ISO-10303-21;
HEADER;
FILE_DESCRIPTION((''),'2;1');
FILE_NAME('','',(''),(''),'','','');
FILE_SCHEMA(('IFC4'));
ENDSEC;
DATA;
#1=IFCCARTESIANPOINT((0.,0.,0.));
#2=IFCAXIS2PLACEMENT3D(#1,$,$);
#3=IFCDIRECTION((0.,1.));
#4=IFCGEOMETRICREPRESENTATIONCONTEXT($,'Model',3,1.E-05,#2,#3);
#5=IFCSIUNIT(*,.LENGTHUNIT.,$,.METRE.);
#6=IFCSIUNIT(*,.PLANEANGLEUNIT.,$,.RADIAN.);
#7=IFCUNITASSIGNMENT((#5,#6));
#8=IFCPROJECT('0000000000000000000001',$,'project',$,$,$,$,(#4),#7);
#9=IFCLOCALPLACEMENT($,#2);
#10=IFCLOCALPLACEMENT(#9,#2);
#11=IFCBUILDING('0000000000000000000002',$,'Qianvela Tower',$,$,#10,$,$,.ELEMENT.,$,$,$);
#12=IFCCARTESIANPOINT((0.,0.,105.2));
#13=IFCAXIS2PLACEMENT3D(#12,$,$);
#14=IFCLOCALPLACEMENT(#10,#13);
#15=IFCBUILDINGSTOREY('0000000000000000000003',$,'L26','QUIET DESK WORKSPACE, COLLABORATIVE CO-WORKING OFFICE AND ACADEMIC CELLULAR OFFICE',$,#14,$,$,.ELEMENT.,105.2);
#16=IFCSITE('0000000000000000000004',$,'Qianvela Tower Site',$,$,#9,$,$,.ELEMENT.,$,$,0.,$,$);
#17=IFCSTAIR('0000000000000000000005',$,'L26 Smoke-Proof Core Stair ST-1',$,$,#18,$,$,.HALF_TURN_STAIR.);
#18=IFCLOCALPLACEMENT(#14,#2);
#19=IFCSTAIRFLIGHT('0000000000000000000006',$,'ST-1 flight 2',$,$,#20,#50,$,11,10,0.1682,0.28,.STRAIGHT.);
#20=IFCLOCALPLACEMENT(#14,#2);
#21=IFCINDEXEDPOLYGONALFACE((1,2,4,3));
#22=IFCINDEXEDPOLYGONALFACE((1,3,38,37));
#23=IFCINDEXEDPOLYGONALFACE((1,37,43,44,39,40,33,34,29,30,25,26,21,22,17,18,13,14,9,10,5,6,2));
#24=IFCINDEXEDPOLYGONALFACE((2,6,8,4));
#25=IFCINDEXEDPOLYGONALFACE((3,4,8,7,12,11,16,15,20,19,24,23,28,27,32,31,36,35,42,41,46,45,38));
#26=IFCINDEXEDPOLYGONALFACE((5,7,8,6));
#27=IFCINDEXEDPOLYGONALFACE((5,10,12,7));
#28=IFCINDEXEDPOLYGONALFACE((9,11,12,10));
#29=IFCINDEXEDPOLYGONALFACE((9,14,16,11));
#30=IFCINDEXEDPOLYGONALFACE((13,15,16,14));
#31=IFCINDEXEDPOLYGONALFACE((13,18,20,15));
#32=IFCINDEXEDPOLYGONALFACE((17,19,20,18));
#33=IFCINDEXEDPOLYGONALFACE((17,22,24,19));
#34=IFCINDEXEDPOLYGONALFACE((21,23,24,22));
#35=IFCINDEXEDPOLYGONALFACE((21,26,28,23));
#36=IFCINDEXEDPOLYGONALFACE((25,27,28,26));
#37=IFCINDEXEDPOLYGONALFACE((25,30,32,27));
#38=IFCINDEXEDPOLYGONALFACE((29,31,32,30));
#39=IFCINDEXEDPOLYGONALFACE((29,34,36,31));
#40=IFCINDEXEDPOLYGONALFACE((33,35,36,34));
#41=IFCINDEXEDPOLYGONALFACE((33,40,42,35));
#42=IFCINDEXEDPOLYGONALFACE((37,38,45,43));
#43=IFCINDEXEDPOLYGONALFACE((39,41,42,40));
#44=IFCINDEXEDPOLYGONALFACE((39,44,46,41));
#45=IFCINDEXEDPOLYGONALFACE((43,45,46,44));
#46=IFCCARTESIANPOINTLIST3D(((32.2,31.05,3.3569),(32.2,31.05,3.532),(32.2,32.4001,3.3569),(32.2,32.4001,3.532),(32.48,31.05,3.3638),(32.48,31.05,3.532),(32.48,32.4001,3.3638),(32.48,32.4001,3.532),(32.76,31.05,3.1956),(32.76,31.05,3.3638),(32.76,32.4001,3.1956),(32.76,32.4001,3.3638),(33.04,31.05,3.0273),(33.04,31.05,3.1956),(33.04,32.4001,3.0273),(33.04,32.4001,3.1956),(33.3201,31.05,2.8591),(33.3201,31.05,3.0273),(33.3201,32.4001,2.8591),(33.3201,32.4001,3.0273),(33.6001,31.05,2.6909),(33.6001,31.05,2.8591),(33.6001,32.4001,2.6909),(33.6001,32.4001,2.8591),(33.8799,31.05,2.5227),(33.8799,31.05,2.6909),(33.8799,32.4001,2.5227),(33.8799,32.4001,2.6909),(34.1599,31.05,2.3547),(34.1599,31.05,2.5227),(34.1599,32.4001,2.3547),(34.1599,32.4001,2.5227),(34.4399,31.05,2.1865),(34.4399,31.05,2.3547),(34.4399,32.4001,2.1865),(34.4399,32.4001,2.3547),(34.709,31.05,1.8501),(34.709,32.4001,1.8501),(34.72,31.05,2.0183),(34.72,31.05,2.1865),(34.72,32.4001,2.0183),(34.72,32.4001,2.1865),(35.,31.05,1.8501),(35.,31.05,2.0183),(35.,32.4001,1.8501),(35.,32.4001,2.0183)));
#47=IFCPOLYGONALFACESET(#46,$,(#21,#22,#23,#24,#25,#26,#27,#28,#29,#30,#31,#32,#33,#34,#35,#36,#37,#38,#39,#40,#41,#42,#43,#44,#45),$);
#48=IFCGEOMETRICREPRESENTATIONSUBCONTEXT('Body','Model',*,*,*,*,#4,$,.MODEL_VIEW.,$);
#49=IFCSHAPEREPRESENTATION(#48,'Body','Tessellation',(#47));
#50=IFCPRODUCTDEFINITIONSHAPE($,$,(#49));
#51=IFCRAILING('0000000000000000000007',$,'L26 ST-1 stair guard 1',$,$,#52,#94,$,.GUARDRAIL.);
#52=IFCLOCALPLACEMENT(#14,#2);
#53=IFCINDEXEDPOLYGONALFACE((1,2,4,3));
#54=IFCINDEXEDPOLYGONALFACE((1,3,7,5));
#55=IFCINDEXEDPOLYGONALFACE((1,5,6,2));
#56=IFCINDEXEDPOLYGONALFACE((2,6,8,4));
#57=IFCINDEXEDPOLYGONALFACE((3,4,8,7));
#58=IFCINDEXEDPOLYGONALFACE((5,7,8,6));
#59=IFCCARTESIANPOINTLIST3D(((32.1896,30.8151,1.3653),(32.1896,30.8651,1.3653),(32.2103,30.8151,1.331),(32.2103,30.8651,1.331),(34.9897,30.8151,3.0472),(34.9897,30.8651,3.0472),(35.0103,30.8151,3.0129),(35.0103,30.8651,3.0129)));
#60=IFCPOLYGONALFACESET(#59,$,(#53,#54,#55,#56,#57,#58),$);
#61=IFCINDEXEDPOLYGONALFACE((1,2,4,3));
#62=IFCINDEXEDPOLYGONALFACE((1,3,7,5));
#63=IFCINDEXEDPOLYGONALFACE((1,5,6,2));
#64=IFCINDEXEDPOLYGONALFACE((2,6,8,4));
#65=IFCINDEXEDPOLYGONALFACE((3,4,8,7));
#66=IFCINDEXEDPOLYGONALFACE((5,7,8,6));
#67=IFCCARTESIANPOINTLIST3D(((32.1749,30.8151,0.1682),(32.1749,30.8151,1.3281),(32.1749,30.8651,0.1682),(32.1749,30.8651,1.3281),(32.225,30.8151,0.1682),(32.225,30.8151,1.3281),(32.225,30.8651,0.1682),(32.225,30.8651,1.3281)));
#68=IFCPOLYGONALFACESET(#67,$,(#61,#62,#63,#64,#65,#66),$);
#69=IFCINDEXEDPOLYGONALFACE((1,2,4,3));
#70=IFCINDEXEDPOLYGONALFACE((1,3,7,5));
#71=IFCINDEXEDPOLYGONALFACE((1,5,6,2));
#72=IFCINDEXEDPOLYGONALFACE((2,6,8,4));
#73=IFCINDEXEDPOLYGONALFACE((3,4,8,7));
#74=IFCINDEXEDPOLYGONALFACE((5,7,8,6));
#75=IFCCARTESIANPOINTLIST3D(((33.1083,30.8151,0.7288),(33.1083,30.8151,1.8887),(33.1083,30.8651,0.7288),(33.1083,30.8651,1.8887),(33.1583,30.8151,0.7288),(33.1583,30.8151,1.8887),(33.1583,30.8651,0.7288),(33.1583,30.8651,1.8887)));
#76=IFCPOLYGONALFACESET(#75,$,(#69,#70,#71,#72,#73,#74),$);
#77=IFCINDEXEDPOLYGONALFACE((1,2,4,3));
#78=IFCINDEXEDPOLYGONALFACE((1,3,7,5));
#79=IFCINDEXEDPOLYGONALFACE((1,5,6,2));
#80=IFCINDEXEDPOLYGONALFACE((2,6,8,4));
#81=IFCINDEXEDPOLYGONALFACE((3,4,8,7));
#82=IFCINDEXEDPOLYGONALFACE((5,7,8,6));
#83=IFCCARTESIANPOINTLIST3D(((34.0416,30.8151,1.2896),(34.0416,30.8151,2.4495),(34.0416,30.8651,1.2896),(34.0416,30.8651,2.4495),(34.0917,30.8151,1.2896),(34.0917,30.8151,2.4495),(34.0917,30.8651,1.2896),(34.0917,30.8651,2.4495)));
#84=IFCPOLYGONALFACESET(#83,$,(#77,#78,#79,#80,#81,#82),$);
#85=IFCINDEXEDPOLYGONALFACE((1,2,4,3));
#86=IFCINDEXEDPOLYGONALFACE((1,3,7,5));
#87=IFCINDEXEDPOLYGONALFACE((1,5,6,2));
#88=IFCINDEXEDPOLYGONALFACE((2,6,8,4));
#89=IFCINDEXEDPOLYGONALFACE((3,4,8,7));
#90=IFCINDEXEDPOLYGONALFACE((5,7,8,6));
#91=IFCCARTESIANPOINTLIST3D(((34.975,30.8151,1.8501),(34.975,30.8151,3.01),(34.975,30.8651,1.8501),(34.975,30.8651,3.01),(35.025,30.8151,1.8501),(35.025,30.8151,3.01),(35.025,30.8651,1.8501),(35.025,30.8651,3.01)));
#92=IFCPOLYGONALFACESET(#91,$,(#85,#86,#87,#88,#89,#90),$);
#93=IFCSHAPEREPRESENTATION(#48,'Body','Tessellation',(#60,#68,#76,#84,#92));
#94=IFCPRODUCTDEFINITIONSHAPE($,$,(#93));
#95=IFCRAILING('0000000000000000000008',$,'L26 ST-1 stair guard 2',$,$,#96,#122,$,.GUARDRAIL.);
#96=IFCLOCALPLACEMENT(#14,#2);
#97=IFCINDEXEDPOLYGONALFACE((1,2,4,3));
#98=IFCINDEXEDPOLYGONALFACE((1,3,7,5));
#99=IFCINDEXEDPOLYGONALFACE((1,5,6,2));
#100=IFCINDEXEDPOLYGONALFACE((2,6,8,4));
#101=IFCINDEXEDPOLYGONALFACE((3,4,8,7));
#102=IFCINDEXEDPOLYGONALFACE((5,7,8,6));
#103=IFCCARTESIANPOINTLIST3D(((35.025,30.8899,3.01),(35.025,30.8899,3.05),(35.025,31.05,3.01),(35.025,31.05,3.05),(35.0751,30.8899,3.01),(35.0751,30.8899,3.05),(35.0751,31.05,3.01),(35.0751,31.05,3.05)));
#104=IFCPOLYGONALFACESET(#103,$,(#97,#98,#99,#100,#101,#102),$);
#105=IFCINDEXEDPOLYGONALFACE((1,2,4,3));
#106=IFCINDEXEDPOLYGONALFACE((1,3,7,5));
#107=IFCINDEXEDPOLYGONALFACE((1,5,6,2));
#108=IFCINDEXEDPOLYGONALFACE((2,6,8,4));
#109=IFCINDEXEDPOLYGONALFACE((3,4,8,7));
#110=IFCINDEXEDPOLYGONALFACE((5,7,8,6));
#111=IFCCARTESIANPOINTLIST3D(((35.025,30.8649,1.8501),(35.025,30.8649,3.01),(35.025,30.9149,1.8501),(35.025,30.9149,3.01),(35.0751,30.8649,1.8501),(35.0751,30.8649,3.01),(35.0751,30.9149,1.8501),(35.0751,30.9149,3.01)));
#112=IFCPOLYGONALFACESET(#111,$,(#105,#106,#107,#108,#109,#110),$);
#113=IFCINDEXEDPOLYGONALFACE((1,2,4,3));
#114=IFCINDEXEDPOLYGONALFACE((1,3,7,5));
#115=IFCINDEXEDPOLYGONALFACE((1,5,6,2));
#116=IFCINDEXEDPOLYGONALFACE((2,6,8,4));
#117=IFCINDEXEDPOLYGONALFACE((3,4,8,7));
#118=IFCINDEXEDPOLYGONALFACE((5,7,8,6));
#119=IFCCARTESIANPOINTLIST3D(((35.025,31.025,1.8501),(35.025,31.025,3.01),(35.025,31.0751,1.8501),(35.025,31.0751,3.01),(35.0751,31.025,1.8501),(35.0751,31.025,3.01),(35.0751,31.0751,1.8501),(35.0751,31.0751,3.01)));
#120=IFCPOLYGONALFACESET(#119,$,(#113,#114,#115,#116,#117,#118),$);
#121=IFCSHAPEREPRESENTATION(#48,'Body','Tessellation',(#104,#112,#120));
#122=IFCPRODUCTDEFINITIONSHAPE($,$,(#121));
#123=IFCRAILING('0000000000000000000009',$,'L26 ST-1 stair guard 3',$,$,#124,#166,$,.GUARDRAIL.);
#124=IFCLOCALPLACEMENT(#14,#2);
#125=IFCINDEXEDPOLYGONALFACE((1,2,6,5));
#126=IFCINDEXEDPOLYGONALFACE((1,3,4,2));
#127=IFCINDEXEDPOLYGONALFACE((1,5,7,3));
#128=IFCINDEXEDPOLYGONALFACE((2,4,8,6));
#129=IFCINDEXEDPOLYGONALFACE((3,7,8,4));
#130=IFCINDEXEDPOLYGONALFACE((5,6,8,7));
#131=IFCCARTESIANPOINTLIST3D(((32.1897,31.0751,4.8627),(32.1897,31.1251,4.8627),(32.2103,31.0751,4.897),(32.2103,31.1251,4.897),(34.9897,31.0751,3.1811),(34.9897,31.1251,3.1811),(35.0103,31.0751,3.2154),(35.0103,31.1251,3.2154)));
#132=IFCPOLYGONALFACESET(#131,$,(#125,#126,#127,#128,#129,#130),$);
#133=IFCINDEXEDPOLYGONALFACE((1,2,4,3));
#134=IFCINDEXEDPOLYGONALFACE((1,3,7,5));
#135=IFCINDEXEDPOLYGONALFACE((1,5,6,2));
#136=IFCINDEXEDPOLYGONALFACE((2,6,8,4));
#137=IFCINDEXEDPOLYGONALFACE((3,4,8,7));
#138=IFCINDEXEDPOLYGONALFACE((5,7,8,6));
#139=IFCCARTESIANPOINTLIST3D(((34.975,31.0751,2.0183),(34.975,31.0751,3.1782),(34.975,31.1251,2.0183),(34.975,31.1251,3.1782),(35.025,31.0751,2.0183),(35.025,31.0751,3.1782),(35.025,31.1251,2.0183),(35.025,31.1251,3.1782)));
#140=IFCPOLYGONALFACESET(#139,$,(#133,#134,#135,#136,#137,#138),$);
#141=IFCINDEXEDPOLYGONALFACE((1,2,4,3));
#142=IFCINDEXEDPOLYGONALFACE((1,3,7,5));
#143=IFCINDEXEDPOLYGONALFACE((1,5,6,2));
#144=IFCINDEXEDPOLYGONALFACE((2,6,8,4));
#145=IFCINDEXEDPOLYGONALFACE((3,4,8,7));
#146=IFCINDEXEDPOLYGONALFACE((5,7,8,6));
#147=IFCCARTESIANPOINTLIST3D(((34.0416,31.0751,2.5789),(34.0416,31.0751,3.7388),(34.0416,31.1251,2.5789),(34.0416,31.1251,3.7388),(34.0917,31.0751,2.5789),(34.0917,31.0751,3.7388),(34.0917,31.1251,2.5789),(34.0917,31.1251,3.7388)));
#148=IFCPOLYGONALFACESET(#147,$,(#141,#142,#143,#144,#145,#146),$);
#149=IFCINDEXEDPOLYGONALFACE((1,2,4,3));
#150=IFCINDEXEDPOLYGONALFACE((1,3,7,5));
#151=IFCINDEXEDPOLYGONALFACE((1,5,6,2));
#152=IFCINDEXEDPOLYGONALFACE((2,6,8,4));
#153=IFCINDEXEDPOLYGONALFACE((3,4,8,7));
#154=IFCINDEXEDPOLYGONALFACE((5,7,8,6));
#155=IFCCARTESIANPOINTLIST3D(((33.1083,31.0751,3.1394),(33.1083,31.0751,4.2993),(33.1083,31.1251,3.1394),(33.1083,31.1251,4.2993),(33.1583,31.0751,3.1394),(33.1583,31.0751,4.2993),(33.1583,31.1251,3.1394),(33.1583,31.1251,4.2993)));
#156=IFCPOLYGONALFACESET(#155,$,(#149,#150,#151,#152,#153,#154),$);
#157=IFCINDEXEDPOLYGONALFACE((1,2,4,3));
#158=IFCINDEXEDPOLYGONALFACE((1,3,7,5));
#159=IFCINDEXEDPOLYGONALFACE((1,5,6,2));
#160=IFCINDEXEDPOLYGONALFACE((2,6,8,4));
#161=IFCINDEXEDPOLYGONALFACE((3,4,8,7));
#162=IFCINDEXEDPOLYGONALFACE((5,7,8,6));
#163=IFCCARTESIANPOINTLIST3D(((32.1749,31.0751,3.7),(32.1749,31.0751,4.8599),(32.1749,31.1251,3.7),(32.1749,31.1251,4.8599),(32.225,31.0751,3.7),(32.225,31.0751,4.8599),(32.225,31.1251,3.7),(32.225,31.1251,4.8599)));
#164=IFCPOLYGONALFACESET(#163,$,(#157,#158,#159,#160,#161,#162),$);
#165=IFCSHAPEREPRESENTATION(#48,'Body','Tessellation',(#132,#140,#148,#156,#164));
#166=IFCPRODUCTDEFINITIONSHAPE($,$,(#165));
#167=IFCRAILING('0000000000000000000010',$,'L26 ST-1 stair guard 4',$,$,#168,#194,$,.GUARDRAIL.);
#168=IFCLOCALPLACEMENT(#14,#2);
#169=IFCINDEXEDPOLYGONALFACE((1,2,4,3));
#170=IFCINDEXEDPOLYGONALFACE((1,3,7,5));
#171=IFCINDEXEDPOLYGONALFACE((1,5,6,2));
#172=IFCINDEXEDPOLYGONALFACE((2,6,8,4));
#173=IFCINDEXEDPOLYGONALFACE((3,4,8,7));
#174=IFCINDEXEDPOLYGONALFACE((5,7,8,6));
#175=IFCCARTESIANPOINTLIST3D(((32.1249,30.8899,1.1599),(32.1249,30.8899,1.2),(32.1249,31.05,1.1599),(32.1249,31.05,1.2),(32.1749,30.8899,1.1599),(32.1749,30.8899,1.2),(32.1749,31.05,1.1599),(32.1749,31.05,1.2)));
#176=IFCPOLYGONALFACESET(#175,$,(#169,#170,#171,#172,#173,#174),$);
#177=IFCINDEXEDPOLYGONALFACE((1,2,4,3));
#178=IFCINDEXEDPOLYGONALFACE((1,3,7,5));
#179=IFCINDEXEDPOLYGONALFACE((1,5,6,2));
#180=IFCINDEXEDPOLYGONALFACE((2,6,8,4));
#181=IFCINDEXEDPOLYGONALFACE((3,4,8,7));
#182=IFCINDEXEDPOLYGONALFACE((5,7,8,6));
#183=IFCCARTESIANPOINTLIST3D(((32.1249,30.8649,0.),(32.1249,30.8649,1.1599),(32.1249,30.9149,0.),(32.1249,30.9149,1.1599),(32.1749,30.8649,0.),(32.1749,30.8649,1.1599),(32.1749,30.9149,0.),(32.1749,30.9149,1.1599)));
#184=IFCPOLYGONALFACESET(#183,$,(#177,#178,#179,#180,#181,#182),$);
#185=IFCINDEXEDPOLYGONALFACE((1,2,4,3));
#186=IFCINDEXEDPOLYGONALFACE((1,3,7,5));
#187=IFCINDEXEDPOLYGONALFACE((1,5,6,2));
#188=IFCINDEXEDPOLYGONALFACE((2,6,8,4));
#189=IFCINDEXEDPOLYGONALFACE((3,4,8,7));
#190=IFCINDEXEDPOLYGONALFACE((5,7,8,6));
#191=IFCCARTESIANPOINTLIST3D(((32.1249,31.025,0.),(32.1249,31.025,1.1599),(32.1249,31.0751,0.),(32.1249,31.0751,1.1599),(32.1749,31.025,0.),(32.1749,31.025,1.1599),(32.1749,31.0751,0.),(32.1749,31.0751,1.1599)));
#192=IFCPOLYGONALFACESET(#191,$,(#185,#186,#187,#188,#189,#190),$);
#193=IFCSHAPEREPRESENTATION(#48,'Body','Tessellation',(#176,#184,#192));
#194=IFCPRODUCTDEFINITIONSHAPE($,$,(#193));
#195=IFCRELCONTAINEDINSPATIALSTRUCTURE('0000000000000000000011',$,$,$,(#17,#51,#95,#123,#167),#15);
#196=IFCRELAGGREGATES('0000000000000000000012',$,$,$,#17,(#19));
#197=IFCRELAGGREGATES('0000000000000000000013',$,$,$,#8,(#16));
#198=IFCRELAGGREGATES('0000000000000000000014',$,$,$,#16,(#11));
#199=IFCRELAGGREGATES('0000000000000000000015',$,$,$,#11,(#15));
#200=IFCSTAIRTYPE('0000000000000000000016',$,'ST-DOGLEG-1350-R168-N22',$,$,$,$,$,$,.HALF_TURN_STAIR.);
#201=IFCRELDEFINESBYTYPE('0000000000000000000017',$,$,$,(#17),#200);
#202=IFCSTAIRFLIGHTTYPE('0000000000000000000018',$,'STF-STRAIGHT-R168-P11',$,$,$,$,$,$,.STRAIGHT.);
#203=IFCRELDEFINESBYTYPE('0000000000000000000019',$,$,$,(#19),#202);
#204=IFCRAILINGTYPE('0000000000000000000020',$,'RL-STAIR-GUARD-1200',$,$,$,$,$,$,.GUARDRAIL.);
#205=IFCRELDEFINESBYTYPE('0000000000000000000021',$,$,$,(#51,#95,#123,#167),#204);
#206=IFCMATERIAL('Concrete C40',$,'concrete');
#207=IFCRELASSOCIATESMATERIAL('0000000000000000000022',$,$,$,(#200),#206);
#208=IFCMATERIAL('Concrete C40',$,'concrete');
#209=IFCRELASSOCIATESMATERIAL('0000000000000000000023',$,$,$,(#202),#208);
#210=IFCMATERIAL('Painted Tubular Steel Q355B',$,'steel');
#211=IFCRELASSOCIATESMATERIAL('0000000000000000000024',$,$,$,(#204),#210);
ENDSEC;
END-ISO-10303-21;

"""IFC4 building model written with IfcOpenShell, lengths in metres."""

from ifc_helpers import new_model, si_unit, direction, frame, origin, origin_2d, place, context, subcontext, project, spatial, polyline, rectangle, outline, extrude, material, type_object, element, aggregate, save


model = new_model("IFC4")

# Units and contexts
model_context = context("Model", 3, precision=1e-05, world=origin(), true_north=direction((0.0, 1.0)))
body_context = subcontext(model_context, "Body", "Model", "MODEL_VIEW")
ifc_project = project(units=[si_unit("LENGTHUNIT", "METRE"), si_unit("PLANEANGLEUNIT", "RADIAN")], contexts=[model_context])

# Site, building, storey
site_placement = place(None, origin())
site = spatial("IfcSite", under=ifc_project, at=site_placement, Name="Qianvela Tower Site", CompositionType="ELEMENT", RefElevation=0.0)
building_placement = place(site_placement, origin())
building = spatial("IfcBuilding", under=site, at=building_placement, Name="Qianvela Tower", CompositionType="ELEMENT")
storey_placement = place(building_placement, frame((0.0, 0.0, 105.2)))
storey = spatial("IfcBuildingStorey", under=building, at=storey_placement, Name="L26", Description="QUIET DESK WORKSPACE, COLLABORATIVE CO-WORKING OFFICE AND ACADEMIC CELLULAR OFFICE", CompositionType="ELEMENT", Elevation=105.2)

# Stair, stair flight
ifc_material_1 = material(Name="Concrete C40", Category="concrete")
stair_type = type_object("IfcStairType", Name="ST-DOGLEG-1350-R168-N22", PredefinedType="HALF_TURN_STAIR", material=ifc_material_1)
stair_placement = place(storey_placement, origin())
stair = element("IfcStair", 1, at=stair_placement, inside=storey, type_object=stair_type, Name="L26 Smoke-Proof Core Stair ST-1", PredefinedType="HALF_TURN_STAIR")
ifc_material_2 = material(Name="Concrete C40", Category="concrete")
stair_flight_type = type_object("IfcStairFlightType", Name="STF-STRAIGHT-R168-P11", PredefinedType="STRAIGHT", material=ifc_material_2)
stair_flight_1_placement = place(storey_placement, frame((35.0, 31.7251, 1.8501), z_axis=(0.0, 0.0, 1.0), x_axis=(-1.0, 0.0, 0.0)))
stair_flight_1 = element("IfcStairFlight", 2, at=stair_flight_1_placement, type_object=stair_flight_type, Name="ST-1 flight 2", NumberOfRisers=11, NumberOfTreads=10, PredefinedType="STRAIGHT", RiserHeight=0.1682, TreadLength=0.28, context=body_context, shape_type="SweptSolid", body=[
    extrude(outline(polyline([(0.0, 0.0), (0.0, 0.1682), (0.28, 0.1682), (0.28, 0.3364), (0.5601, 0.3364), (0.5601, 0.5046), (0.8401, 0.5046), (0.8401, 0.6726), (1.1201, 0.6726), (1.1201, 0.8408), (1.3999, 0.8408), (1.3999, 1.009), (1.6799, 1.009), (1.6799, 1.1772), (1.96, 1.1772), (1.96, 1.3455), (2.24, 1.3455), (2.24, 1.5137), (2.52, 1.5137), (2.52, 1.6819), (2.8, 1.6819), (2.8, 1.8501), (2.8, 1.5068), (0.291, 0.0), (0.0, 0.0)])), frame((0.0, 0.675, 0.0), z_axis=(0.0, -1.0, 0.0), x_axis=(1.0, 0.0, 0.0)), (0.0, 0.0, 1.0), 1.3501),
])
aggregate(stair, [stair_flight_1])

# Railings
ifc_material_3 = material(Name="Painted Tubular Steel Q355B", Category="steel")
railing_type_1 = type_object("IfcRailingType", Name="RL-STAIR-GUARD-1200", PredefinedType="GUARDRAIL", material=ifc_material_3)
railing_1_placement = place(storey_placement, frame((32.2, 30.8401, 0.1682)))
element("IfcRailing", 3, at=railing_1_placement, inside=storey, type_object=railing_type_1, Name="L26 ST-1 stair guard 1", PredefinedType="GUARDRAIL", context=body_context, shape_type="SweptSolid", body=[
    extrude(rectangle(XDim=0.05, YDim=0.04, at=origin_2d()), frame((0.0, 0.0, 1.1799), z_axis=(0.857242, 0.0, 0.514913), x_axis=(0.0, 1.0, 0.0)), (0.0, 0.0, 1.0), 3.2664),
    extrude(rectangle(XDim=0.05, YDim=0.05, at=origin_2d()), origin(), (0.0, 0.0, 1.0), 1.1599),
    extrude(rectangle(XDim=0.05, YDim=0.05, at=origin_2d()), frame((0.9333, 0.0, 0.5605)), (0.0, 0.0, 1.0), 1.1599),
    extrude(rectangle(XDim=0.05, YDim=0.05, at=origin_2d()), frame((1.8667, 0.0, 1.1213)), (0.0, 0.0, 1.0), 1.1599),
    extrude(rectangle(XDim=0.05, YDim=0.05, at=origin_2d()), frame((2.8, 0.0, 1.6819)), (0.0, 0.0, 1.0), 1.1599),
])
railing_2_placement = place(storey_placement, frame((35.05, 30.8899, 1.8501)))
element("IfcRailing", 4, at=railing_2_placement, inside=storey, type_object=railing_type_1, Name="L26 ST-1 stair guard 2", PredefinedType="GUARDRAIL", context=body_context, shape_type="SweptSolid", body=[
    extrude(rectangle(XDim=0.05, YDim=0.04, at=origin_2d()), frame((0.0, 0.0, 1.1799), z_axis=(0.0, 1.0, 0.0), x_axis=(-1.0, 0.0, 0.0)), (0.0, 0.0, 1.0), 0.1602),
    extrude(rectangle(XDim=0.05, YDim=0.05, at=origin_2d()), origin(), (0.0, 0.0, 1.0), 1.1599),
    extrude(rectangle(XDim=0.05, YDim=0.05, at=origin_2d()), frame((0.0, 0.1602, 0.0)), (0.0, 0.0, 1.0), 1.1599),
])
railing_3_placement = place(storey_placement, frame((35.0, 31.1001, 2.0183)))
element("IfcRailing", 5, at=railing_3_placement, inside=storey, type_object=railing_type_1, Name="L26 ST-1 stair guard 3", PredefinedType="GUARDRAIL", context=body_context, shape_type="SweptSolid", body=[
    extrude(rectangle(XDim=0.05, YDim=0.04, at=origin_2d()), frame((0.0, 0.0, 1.1799), z_axis=(-0.857275, 0.0, 0.514858), x_axis=(0.0, -1.0, 0.0)), (0.0, 0.0, 1.0), 3.2661),
    extrude(rectangle(XDim=0.05, YDim=0.05, at=origin_2d()), origin(), (0.0, 0.0, 1.0), 1.1599),
    extrude(rectangle(XDim=0.05, YDim=0.05, at=origin_2d()), frame((-0.9333, 0.0, 0.5605)), (0.0, 0.0, 1.0), 1.1599),
    extrude(rectangle(XDim=0.05, YDim=0.05, at=origin_2d()), frame((-1.8667, 0.0, 1.1211)), (0.0, 0.0, 1.0), 1.1599),
    extrude(rectangle(XDim=0.05, YDim=0.05, at=origin_2d()), frame((-2.8, 0.0, 1.6816)), (0.0, 0.0, 1.0), 1.1599),
])
railing_4_placement = place(storey_placement, frame((32.1499, 30.8899, 0.0)))
element("IfcRailing", 6, at=railing_4_placement, inside=storey, type_object=railing_type_1, Name="L26 ST-1 stair guard 4", PredefinedType="GUARDRAIL", context=body_context, shape_type="SweptSolid", body=[
    extrude(rectangle(XDim=0.05, YDim=0.04, at=origin_2d()), frame((0.0, 0.0, 1.1799), z_axis=(0.0, 1.0, 0.0), x_axis=(-1.0, 0.0, 0.0)), (0.0, 0.0, 1.0), 0.1602),
    extrude(rectangle(XDim=0.05, YDim=0.05, at=origin_2d()), origin(), (0.0, 0.0, 1.0), 1.1599),
    extrude(rectangle(XDim=0.05, YDim=0.05, at=origin_2d()), frame((0.0, 0.1602, 0.0)), (0.0, 0.0, 1.0), 1.1599),
])

save(model, "model.ifc")
